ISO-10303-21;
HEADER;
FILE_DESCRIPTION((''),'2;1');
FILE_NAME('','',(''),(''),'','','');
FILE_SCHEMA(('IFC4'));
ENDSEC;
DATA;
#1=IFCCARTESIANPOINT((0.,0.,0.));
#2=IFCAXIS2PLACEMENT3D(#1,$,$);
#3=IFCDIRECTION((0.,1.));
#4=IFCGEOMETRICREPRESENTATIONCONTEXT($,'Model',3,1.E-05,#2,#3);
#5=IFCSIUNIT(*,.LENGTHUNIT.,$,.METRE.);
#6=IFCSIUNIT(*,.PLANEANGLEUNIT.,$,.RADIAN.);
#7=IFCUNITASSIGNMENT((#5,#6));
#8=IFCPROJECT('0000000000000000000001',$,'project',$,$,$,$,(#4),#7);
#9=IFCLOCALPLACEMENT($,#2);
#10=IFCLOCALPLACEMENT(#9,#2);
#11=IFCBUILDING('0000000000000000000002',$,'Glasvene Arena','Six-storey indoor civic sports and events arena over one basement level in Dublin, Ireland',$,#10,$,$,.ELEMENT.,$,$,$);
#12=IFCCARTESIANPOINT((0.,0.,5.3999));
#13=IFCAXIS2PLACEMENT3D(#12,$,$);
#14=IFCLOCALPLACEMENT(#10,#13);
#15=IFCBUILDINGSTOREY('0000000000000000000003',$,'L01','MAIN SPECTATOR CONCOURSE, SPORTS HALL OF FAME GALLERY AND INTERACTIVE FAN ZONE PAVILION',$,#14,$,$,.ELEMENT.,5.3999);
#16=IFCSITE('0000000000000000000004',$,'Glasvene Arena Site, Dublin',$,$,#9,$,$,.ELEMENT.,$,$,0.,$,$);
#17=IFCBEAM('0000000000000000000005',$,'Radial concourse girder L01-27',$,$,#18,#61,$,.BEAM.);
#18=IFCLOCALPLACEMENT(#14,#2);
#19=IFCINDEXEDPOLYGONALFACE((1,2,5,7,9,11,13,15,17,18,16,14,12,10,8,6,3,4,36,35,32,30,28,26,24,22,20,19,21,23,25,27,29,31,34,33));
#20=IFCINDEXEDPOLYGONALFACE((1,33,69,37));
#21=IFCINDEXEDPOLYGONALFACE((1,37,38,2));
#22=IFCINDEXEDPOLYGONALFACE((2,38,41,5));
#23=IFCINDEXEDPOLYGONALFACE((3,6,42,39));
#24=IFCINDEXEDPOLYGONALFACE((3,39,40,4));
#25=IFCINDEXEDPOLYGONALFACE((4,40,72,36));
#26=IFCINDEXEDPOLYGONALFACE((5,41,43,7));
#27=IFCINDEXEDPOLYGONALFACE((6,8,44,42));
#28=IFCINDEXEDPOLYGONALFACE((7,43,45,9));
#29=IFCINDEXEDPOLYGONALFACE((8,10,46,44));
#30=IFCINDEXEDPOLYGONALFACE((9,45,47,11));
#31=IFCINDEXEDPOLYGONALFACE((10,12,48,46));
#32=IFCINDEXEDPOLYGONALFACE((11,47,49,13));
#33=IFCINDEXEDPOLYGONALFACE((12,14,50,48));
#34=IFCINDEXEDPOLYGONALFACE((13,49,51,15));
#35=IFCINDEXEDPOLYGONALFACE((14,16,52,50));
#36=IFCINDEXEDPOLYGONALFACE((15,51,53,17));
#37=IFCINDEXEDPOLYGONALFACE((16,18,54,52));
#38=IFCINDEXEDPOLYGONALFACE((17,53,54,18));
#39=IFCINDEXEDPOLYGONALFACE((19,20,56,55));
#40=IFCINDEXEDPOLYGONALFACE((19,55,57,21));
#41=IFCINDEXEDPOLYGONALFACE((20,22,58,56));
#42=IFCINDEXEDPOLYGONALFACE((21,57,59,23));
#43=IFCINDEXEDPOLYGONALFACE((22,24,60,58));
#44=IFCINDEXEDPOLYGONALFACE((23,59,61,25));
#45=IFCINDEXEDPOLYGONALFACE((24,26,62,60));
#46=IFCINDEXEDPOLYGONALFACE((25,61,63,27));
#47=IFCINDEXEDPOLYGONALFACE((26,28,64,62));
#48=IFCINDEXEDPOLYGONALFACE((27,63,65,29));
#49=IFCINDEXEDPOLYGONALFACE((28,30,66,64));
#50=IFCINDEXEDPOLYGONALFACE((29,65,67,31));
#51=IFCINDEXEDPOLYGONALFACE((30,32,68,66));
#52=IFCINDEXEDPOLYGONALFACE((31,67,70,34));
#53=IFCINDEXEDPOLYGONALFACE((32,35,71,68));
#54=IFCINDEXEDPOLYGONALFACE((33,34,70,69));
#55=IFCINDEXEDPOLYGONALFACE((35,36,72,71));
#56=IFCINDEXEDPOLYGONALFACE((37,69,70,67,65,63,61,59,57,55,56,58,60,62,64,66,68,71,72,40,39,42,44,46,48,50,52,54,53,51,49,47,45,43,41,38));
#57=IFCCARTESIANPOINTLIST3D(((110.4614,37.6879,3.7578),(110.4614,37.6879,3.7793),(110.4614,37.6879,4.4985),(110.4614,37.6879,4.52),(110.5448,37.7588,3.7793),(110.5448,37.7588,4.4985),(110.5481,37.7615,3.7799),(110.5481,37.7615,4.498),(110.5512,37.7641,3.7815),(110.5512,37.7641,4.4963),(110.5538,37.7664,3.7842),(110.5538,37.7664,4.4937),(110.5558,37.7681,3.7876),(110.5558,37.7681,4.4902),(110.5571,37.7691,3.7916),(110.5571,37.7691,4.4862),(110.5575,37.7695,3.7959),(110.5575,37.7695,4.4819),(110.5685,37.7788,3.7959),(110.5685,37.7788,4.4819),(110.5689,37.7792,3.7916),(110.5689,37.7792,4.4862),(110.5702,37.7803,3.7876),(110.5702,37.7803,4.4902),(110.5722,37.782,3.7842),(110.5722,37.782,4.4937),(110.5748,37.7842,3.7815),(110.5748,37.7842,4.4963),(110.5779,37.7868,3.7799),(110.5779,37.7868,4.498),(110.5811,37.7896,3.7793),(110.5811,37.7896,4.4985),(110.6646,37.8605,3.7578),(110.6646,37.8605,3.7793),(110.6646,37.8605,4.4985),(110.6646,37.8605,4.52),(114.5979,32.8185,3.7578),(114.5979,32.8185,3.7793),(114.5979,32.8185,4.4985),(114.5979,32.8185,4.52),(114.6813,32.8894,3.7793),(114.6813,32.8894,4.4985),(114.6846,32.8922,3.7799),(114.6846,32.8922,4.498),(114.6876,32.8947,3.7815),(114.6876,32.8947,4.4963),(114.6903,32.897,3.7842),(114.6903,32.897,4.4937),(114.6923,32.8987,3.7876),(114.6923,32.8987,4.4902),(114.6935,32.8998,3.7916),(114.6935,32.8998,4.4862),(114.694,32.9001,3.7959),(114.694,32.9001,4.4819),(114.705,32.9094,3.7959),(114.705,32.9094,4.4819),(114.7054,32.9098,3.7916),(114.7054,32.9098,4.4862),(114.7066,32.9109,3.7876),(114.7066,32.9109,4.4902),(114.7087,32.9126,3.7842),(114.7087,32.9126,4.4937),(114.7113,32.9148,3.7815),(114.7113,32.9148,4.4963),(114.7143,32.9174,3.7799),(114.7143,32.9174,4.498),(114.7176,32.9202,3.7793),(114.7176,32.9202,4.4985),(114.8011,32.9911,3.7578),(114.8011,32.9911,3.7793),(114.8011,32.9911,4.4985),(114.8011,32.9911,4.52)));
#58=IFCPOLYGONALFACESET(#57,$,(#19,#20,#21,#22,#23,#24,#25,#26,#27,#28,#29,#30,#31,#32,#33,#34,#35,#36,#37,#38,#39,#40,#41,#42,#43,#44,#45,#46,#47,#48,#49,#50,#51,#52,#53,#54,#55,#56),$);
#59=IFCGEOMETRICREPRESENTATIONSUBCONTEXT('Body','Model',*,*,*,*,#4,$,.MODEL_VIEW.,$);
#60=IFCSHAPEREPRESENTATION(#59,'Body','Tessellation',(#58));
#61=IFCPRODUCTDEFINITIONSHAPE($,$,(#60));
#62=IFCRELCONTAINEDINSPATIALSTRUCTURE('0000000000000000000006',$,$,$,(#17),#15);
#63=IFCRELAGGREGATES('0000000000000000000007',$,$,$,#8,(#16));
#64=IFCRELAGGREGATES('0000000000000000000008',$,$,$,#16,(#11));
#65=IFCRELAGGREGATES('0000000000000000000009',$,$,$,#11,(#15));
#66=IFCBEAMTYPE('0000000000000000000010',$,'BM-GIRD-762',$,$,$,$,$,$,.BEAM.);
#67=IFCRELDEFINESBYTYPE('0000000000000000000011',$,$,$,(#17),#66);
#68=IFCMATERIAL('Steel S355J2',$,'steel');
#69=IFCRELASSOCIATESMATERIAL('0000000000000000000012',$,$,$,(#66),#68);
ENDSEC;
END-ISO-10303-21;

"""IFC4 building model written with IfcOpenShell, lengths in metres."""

from ifc_helpers import new_model, si_unit, direction, frame, origin, origin_2d, place, context, subcontext, project, spatial, i_section, extrude, material, material_profile, profile_set, type_object, element, save


model = new_model("IFC4")

# Units and contexts
model_context = context("Model", 3, precision=1e-05, world=origin(), true_north=direction((0.0, 1.0)))
body_context = subcontext(model_context, "Body", "Model", "MODEL_VIEW")
ifc_project = project(units=[si_unit("LENGTHUNIT", "METRE"), si_unit("PLANEANGLEUNIT", "RADIAN")], contexts=[model_context])

# Site, building, storey
site_placement = place(None, origin())
site = spatial("IfcSite", under=ifc_project, at=site_placement, Name="Glasvene Arena Site, Dublin", CompositionType="ELEMENT", RefElevation=0.0)
building_placement = place(site_placement, origin())
building = spatial("IfcBuilding", under=site, at=building_placement, Name="Glasvene Arena", Description="Six-storey indoor civic sports and events arena over one basement level in Dublin, Ireland", CompositionType="ELEMENT")
storey_placement = place(building_placement, frame((0.0, 0.0, 5.3999)))
storey = spatial("IfcBuildingStorey", under=building, at=storey_placement, Name="L01", Description="MAIN SPECTATOR CONCOURSE, SPORTS HALL OF FAME GALLERY AND INTERACTIVE FAN ZONE PAVILION", CompositionType="ELEMENT", Elevation=5.3999)

# Shared definitions
ifc_material_1 = material(Name="Steel S355J2", Category="steel")

# Beam
ifc_material_profile_1 = material_profile(ifc_material_1, i_section(OverallWidth=0.2666, OverallDepth=0.7622, WebThickness=0.0144, FlangeThickness=0.0215, FilletRadius=0.0166, at=origin_2d()), Name="UKB 762x267x173")
ifc_profile_set_1 = profile_set([ifc_material_profile_1], Name="Steel S355J2")
beam_type_1 = type_object("IfcBeamType", Name="BM-GIRD-762", PredefinedType="BEAM", material=ifc_profile_set_1)
beam_1_placement = place(storey_placement, frame((110.563, 37.7742, 4.1389), z_axis=(0.647421, -0.762133, 0.0), x_axis=(0.762133, 0.647421, 0.0)))
element("IfcBeam", 1, at=beam_1_placement, inside=storey, type_object=beam_type_1, Name="Radial concourse girder L01-27", PredefinedType="BEAM", context=body_context, shape_type="SweptSolid", body=[
    extrude(i_section(OverallWidth=0.2666, OverallDepth=0.7622, WebThickness=0.0144, FlangeThickness=0.0215, FilletRadius=0.0166, at=origin_2d()), origin(), (0.0, 0.0, 1.0), 6.3892),
])

save(model, "model.ifc")
